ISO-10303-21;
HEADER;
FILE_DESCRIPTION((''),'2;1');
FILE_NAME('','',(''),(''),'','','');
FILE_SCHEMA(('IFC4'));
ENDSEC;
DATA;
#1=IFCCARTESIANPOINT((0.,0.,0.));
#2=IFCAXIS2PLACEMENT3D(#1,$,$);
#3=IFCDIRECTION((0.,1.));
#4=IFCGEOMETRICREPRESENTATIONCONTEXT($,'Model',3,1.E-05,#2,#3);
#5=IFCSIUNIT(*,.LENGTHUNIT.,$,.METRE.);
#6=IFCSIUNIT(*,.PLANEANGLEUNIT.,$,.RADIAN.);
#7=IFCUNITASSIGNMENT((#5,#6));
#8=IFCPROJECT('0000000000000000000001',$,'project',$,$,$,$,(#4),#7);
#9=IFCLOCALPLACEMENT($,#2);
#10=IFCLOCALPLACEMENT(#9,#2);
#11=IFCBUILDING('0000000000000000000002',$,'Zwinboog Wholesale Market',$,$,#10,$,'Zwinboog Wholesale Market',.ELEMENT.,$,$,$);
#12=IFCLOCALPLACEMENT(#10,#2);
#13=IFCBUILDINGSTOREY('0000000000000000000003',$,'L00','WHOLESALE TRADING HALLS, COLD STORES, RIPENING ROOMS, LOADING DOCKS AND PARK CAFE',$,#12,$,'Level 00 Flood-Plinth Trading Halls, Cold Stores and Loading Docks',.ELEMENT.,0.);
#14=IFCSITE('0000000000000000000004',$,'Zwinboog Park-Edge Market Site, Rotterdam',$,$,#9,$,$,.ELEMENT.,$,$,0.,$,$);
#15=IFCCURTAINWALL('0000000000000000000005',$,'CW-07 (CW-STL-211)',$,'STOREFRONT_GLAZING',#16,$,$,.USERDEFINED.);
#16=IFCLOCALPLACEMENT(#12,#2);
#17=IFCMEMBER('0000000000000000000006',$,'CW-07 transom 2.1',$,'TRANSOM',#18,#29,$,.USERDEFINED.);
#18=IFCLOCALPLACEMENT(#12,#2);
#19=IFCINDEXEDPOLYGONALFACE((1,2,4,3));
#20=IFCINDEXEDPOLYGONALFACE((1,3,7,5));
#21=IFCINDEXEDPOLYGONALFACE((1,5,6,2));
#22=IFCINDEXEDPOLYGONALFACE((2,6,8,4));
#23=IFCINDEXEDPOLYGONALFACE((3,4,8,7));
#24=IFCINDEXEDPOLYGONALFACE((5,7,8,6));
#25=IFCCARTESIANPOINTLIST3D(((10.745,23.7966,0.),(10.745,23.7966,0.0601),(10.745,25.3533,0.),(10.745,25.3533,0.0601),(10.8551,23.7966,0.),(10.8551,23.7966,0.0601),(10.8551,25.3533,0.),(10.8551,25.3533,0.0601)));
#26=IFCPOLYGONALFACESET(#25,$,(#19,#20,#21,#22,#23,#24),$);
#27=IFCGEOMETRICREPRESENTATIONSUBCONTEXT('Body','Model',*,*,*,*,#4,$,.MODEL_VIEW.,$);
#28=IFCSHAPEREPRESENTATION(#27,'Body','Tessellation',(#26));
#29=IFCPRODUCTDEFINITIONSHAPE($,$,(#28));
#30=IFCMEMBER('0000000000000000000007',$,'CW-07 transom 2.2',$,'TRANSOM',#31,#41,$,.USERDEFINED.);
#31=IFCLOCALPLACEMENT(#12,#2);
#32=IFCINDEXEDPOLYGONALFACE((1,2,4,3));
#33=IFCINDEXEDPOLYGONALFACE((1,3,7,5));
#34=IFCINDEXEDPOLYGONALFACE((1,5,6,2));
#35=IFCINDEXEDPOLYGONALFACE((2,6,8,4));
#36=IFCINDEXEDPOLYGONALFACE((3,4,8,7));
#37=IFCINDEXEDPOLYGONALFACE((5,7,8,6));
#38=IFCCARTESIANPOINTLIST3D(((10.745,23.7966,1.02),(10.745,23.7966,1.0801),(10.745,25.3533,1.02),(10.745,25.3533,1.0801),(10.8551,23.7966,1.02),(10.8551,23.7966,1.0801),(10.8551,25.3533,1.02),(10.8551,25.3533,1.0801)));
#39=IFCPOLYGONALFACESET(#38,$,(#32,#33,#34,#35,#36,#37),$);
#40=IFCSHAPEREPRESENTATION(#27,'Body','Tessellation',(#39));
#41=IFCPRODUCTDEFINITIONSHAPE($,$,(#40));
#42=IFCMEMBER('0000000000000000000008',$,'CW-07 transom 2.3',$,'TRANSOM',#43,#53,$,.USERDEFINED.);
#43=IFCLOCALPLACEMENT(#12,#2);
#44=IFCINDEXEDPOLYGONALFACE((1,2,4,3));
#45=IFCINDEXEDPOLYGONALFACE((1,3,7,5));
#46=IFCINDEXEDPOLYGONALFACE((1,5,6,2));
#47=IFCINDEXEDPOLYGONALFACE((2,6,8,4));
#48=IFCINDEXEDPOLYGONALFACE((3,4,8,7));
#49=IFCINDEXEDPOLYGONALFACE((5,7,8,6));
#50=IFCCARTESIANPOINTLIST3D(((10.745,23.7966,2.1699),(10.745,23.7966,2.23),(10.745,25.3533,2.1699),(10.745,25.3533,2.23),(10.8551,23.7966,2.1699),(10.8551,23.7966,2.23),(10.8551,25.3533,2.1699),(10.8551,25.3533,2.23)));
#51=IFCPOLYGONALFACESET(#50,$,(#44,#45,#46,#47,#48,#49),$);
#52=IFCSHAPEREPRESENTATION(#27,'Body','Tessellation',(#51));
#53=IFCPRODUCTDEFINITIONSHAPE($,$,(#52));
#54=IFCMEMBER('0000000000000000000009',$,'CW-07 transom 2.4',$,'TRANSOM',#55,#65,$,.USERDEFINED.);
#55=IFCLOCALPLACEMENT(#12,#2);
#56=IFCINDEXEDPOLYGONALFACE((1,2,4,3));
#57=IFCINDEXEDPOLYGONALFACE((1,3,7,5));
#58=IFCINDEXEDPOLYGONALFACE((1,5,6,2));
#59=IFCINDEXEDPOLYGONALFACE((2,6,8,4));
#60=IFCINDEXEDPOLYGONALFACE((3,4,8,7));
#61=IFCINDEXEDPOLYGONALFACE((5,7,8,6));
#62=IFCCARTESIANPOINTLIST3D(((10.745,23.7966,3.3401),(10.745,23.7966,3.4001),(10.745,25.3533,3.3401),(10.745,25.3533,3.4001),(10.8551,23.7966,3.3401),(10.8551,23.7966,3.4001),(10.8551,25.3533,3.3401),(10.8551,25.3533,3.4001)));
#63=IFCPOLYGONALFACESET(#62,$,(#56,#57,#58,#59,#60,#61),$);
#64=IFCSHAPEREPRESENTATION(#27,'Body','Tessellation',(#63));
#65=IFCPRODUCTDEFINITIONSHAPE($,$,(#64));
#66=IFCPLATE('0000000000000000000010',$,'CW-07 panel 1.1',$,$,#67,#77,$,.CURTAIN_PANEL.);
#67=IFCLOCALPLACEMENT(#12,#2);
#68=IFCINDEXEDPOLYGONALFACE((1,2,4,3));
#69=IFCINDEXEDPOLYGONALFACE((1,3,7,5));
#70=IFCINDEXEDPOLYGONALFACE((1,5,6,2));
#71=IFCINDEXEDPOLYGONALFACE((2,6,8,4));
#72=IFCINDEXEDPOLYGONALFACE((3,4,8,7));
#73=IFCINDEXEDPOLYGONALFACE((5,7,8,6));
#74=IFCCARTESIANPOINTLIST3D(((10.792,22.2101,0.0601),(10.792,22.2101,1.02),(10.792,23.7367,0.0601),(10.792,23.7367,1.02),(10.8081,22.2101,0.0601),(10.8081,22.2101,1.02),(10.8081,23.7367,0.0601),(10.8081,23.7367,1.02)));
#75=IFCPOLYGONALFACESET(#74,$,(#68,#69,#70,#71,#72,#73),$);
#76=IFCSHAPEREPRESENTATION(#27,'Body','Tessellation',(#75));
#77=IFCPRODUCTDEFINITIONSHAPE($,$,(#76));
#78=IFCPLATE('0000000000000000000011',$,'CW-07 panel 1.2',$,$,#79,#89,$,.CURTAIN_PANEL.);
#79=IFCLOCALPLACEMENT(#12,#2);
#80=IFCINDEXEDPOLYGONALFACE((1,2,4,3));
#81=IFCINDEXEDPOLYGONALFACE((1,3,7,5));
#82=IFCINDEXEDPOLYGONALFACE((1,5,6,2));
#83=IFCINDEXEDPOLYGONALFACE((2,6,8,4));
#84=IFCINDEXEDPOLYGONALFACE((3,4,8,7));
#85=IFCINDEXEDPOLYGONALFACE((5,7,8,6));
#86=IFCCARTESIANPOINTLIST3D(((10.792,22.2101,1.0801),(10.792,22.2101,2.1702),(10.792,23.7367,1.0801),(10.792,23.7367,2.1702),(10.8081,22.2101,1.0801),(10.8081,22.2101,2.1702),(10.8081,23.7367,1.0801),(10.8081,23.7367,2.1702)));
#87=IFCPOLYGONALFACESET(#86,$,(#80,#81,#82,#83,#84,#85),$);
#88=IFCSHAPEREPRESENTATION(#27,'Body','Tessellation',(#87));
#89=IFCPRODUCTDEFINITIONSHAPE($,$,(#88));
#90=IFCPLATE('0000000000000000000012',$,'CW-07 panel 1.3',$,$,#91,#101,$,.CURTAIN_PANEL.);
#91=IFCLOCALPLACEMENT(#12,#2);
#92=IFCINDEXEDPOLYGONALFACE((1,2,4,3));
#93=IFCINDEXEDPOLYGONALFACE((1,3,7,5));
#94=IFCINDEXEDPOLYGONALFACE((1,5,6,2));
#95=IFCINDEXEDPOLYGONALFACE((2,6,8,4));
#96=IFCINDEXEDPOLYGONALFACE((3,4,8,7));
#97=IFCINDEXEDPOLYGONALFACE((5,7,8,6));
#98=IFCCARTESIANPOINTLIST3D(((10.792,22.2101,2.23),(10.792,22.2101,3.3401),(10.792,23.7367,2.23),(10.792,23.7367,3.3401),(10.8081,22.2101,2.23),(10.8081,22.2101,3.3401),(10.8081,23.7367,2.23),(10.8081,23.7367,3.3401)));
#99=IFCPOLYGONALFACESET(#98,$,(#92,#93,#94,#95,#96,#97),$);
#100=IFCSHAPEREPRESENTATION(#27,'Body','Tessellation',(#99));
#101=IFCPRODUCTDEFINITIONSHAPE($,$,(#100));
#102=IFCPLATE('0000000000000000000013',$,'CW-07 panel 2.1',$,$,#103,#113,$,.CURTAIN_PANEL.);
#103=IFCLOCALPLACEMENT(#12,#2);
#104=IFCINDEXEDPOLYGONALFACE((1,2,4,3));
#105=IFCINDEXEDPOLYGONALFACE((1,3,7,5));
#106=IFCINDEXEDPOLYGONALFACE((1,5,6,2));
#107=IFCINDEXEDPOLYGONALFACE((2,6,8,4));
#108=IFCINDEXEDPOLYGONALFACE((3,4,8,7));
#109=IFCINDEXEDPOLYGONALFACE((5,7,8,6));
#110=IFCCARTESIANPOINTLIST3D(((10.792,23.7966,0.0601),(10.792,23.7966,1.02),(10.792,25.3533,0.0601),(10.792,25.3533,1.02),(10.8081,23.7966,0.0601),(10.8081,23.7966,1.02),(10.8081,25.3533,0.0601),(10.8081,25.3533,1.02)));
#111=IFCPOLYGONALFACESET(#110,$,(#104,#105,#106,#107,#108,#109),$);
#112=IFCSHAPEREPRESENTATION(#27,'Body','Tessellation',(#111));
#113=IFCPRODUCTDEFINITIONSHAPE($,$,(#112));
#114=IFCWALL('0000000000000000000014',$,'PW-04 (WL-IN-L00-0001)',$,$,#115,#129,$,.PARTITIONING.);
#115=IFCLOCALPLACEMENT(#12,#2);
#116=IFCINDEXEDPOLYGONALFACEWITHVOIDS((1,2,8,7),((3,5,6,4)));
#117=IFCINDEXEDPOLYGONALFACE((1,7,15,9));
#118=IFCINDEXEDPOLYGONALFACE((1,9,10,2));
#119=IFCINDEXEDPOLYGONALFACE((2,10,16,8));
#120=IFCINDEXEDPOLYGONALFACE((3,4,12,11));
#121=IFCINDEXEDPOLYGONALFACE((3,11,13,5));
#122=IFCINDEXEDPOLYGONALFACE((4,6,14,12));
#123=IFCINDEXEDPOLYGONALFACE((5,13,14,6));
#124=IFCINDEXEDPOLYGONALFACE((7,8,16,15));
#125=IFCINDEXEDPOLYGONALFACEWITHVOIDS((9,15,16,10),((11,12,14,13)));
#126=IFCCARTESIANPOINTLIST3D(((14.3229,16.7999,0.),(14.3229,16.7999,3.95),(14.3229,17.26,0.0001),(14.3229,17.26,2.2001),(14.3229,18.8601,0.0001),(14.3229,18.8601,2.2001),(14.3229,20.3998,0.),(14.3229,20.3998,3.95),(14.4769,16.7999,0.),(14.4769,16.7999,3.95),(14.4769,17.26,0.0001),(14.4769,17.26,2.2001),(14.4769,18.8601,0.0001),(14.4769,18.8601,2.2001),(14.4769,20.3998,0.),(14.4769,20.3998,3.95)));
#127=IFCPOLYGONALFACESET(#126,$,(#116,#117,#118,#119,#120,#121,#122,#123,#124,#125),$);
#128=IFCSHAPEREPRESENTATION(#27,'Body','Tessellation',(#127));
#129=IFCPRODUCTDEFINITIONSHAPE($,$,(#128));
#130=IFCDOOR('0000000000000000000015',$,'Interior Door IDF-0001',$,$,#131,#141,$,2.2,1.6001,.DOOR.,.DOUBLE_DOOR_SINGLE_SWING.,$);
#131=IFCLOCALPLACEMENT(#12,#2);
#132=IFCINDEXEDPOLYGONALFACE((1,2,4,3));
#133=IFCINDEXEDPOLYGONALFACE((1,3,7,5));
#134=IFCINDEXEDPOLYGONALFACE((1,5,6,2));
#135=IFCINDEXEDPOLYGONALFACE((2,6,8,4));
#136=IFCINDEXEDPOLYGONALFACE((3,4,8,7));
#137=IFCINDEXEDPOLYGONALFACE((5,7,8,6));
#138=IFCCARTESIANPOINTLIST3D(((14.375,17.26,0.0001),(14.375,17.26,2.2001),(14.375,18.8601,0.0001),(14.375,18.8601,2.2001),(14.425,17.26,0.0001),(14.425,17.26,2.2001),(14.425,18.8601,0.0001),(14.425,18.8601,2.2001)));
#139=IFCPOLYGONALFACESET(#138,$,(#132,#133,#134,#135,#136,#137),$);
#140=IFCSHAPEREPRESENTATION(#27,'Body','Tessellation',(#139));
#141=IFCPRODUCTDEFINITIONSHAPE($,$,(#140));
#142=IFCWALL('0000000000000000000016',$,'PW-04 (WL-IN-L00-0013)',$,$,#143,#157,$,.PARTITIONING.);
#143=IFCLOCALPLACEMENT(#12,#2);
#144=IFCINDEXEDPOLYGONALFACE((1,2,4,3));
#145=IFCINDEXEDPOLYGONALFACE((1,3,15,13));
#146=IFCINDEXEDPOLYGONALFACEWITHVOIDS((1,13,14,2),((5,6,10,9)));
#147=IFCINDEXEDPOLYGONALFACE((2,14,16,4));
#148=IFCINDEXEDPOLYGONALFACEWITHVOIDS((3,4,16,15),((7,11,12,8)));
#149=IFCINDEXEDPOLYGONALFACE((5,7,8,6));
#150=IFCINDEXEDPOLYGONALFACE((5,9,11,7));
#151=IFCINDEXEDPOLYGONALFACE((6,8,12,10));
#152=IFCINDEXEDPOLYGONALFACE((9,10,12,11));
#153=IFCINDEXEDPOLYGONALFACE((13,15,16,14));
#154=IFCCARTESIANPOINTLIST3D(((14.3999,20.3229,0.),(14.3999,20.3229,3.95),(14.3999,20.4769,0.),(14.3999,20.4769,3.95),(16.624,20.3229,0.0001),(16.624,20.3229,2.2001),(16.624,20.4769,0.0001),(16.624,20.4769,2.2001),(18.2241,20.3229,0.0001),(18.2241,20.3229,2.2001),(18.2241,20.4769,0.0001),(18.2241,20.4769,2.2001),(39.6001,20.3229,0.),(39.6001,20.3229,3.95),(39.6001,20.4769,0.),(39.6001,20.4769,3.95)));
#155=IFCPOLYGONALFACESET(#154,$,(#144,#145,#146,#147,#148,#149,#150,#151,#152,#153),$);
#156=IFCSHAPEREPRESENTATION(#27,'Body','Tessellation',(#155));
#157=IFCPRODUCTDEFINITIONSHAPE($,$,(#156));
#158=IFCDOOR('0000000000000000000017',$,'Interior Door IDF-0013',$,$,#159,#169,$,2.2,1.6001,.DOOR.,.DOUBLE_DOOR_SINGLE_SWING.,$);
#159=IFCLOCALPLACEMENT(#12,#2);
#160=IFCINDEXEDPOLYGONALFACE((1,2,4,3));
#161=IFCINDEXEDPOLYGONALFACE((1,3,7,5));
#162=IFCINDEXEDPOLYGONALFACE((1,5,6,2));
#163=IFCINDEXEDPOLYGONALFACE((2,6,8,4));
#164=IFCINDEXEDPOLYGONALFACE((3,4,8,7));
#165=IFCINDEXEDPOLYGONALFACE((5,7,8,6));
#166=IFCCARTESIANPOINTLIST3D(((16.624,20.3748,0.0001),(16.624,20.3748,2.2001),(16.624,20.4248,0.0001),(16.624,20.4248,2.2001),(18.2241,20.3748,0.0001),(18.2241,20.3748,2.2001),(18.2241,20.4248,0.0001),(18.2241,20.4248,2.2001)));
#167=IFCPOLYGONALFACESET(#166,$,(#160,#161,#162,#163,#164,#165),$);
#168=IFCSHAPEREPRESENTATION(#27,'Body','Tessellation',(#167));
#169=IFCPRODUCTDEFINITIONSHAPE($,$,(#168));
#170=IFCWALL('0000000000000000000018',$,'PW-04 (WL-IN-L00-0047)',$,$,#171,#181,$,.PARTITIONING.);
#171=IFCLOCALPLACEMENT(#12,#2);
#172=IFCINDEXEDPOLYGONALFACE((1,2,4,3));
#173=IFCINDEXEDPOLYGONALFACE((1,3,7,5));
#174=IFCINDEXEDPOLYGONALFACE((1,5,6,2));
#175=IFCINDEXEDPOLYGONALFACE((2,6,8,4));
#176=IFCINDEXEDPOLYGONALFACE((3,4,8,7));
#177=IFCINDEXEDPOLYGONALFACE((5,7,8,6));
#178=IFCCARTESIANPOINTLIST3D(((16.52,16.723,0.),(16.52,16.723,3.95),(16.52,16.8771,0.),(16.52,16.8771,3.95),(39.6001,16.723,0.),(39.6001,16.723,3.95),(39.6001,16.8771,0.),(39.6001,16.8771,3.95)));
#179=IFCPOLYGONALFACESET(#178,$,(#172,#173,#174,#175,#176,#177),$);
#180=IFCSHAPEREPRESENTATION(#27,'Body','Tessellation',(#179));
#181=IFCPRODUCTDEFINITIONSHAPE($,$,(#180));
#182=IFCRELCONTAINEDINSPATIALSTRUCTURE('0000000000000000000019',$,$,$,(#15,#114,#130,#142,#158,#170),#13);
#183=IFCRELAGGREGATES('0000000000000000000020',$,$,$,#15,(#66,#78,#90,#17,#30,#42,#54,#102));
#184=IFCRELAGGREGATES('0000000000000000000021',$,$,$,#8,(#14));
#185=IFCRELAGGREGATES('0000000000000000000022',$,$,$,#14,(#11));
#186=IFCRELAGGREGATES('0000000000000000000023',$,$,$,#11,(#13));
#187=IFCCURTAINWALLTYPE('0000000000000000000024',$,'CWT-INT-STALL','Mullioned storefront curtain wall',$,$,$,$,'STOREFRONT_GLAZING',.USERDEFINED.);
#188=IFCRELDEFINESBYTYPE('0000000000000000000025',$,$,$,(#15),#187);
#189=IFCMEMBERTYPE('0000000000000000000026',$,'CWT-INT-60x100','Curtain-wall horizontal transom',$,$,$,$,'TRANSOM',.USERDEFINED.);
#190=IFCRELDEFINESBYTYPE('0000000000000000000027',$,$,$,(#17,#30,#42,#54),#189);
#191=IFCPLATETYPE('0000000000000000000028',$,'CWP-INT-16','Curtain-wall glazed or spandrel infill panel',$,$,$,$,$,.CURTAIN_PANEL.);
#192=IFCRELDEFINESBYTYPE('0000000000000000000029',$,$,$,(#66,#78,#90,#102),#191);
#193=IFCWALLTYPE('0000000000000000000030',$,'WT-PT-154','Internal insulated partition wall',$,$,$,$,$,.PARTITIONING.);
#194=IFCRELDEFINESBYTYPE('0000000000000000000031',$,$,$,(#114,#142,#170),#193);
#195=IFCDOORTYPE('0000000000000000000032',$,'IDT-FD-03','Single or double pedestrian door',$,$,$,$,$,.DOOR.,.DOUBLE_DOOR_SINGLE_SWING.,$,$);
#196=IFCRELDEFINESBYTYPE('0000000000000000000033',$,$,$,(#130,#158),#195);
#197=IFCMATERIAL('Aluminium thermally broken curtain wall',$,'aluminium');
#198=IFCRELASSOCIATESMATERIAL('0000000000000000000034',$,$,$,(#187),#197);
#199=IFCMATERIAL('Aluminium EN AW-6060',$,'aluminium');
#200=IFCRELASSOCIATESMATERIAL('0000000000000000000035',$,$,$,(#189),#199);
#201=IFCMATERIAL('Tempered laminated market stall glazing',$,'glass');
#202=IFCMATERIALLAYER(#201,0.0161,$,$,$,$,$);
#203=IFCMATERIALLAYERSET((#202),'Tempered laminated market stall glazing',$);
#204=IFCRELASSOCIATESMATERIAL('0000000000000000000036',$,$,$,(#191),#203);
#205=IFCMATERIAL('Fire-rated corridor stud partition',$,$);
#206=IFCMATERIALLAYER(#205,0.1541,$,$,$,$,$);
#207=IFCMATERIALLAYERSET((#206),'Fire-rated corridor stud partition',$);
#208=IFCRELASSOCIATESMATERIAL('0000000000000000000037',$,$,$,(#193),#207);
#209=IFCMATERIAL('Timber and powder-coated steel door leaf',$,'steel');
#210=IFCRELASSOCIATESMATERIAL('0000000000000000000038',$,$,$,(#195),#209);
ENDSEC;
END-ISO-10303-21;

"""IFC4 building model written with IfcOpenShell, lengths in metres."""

from ifc_helpers import new_model, si_unit, direction, frame, frame_2d, origin, origin_2d, place, context, subcontext, project, spatial, rectangle, extrude, material, layer, layer_set, material_profile, profile_set, type_object, element, fill, aggregate, save


model = new_model("IFC4")

# Units and contexts
model_context = context("Model", 3, precision=1e-05, world=origin(), true_north=direction((0.0, 1.0)))
body_context = subcontext(model_context, "Body", "Model", "MODEL_VIEW")
ifc_project = project(units=[si_unit("LENGTHUNIT", "METRE"), si_unit("PLANEANGLEUNIT", "RADIAN")], contexts=[model_context])

# Site, building, storey
site_placement = place(None, origin())
site = spatial("IfcSite", under=ifc_project, at=site_placement, Name="Zwinboog Park-Edge Market Site, Rotterdam", CompositionType="ELEMENT", RefElevation=0.0)
building_placement = place(site_placement, origin())
building = spatial("IfcBuilding", under=site, at=building_placement, Name="Zwinboog Wholesale Market", LongName="Zwinboog Wholesale Market", CompositionType="ELEMENT")
storey_placement = place(building_placement, origin())
storey = spatial("IfcBuildingStorey", under=building, at=storey_placement, Name="L00", Description="WHOLESALE TRADING HALLS, COLD STORES, RIPENING ROOMS, LOADING DOCKS AND PARK CAFE", LongName="Level 00 Flood-Plinth Trading Halls, Cold Stores and Loading Docks", CompositionType="ELEMENT", Elevation=0.0)

# Curtain wall, members, plates
ifc_material_1 = material(Name="Aluminium thermally broken curtain wall", Category="aluminium")
curtain_wall_type = type_object("IfcCurtainWallType", Name="CWT-INT-STALL", Description="Mullioned storefront curtain wall", ElementType="STOREFRONT_GLAZING", PredefinedType="USERDEFINED", material=ifc_material_1)
curtain_wall_placement = place(storey_placement, origin())
curtain_wall = element("IfcCurtainWall", 1, at=curtain_wall_placement, inside=storey, type_object=curtain_wall_type, Name="CW-07 (CW-STL-211)", ObjectType="STOREFRONT_GLAZING", PredefinedType="USERDEFINED")
ifc_material_2 = material(Name="Aluminium EN AW-6060", Category="aluminium")
ifc_material_profile_1 = material_profile(ifc_material_2, rectangle(XDim=0.1101, YDim=0.0601, at=origin_2d()), Name="AL 60x110")
ifc_profile_set_1 = profile_set([ifc_material_profile_1], Name="Aluminium EN AW-6060")
member_type_1 = type_object("IfcMemberType", Name="CWT-INT-60x100", Description="Curtain-wall horizontal transom", ElementType="TRANSOM", PredefinedType="USERDEFINED", material=ifc_profile_set_1)
member_1_placement = place(storey_placement, frame((10.8, 23.7966, 0.03), z_axis=(0.0, 1.0, 0.0), x_axis=(-1.0, 0.0, 0.0)))
member_1 = element("IfcMember", 2, at=member_1_placement, type_object=member_type_1, Name="CW-07 transom 2.1", ObjectType="TRANSOM", PredefinedType="USERDEFINED", context=body_context, shape_type="SweptSolid", body=[
    extrude(rectangle(XDim=0.1101, YDim=0.0601, at=origin_2d()), origin(), (0.0, 0.0, 1.0), 1.5566),
])
member_2_placement = place(storey_placement, frame((10.8, 23.7966, 1.05), z_axis=(0.0, 1.0, 0.0), x_axis=(-1.0, 0.0, 0.0)))
member_2 = element("IfcMember", 3, at=member_2_placement, type_object=member_type_1, Name="CW-07 transom 2.2", ObjectType="TRANSOM", PredefinedType="USERDEFINED", context=body_context, shape_type="SweptSolid", body=[
    extrude(rectangle(XDim=0.1101, YDim=0.0601, at=origin_2d()), origin(), (0.0, 0.0, 1.0), 1.5566),
])
member_3_placement = place(storey_placement, frame((10.8, 23.7966, 2.2), z_axis=(0.0, 1.0, 0.0), x_axis=(-1.0, 0.0, 0.0)))
member_3 = element("IfcMember", 4, at=member_3_placement, type_object=member_type_1, Name="CW-07 transom 2.3", ObjectType="TRANSOM", PredefinedType="USERDEFINED", context=body_context, shape_type="SweptSolid", body=[
    extrude(rectangle(XDim=0.1101, YDim=0.0601, at=origin_2d()), origin(), (0.0, 0.0, 1.0), 1.5566),
])
member_4_placement = place(storey_placement, frame((10.8, 23.7966, 3.3701), z_axis=(0.0, 1.0, 0.0), x_axis=(-1.0, 0.0, 0.0)))
member_4 = element("IfcMember", 5, at=member_4_placement, type_object=member_type_1, Name="CW-07 transom 2.4", ObjectType="TRANSOM", PredefinedType="USERDEFINED", context=body_context, shape_type="SweptSolid", body=[
    extrude(rectangle(XDim=0.1101, YDim=0.0601, at=origin_2d()), origin(), (0.0, 0.0, 1.0), 1.5566),
])
ifc_material_3 = material(Name="Tempered laminated market stall glazing", Category="glass")
ifc_layer_1 = layer(ifc_material_3, 0.0161)
ifc_layer_set_1 = layer_set([ifc_layer_1], Name="Tempered laminated market stall glazing")
plate_type = type_object("IfcPlateType", Name="CWP-INT-16", Description="Curtain-wall glazed or spandrel infill panel", PredefinedType="CURTAIN_PANEL", material=ifc_layer_set_1)
plate_1_placement = place(storey_placement, frame((10.8, 22.9734, 0.0601), z_axis=(0.0, 0.0, 1.0), x_axis=(0.0, 1.0, 0.0)))
plate_1 = element("IfcPlate", 6, at=plate_1_placement, type_object=plate_type, Name="CW-07 panel 1.1", PredefinedType="CURTAIN_PANEL", context=body_context, shape_type="SweptSolid", body=[
    extrude(rectangle(XDim=1.5266, YDim=0.0161, at=origin_2d()), origin(), (0.0, 0.0, 1.0), 0.96),
])
plate_2_placement = place(storey_placement, frame((10.8, 22.9734, 1.0801), z_axis=(0.0, 0.0, 1.0), x_axis=(0.0, 1.0, 0.0)))
plate_2 = element("IfcPlate", 7, at=plate_2_placement, type_object=plate_type, Name="CW-07 panel 1.2", PredefinedType="CURTAIN_PANEL", context=body_context, shape_type="SweptSolid", body=[
    extrude(rectangle(XDim=1.5266, YDim=0.0161, at=origin_2d()), origin(), (0.0, 0.0, 1.0), 1.0901),
])
plate_3_placement = place(storey_placement, frame((10.8, 22.9734, 2.23), z_axis=(0.0, 0.0, 1.0), x_axis=(0.0, 1.0, 0.0)))
plate_3 = element("IfcPlate", 8, at=plate_3_placement, type_object=plate_type, Name="CW-07 panel 1.3", PredefinedType="CURTAIN_PANEL", context=body_context, shape_type="SweptSolid", body=[
    extrude(rectangle(XDim=1.5266, YDim=0.0161, at=origin_2d()), origin(), (0.0, 0.0, 1.0), 1.1101),
])
plate_4_placement = place(storey_placement, frame((10.8, 24.575, 0.0601), z_axis=(0.0, 0.0, 1.0), x_axis=(0.0, 1.0, 0.0)))
plate_4 = element("IfcPlate", 9, at=plate_4_placement, type_object=plate_type, Name="CW-07 panel 2.1", PredefinedType="CURTAIN_PANEL", context=body_context, shape_type="SweptSolid", body=[
    extrude(rectangle(XDim=1.5566, YDim=0.0161, at=origin_2d()), origin(), (0.0, 0.0, 1.0), 0.96),
])
aggregate(curtain_wall, [plate_1, plate_2, plate_3, member_1, member_2, member_3, member_4, plate_4])

# Walls, openings, doors
ifc_material_4 = material(Name="Timber and powder-coated steel door leaf", Category="steel")
ifc_material_5 = material(Name="Fire-rated corridor stud partition")
ifc_layer_2 = layer(ifc_material_5, 0.1541)
ifc_layer_set_2 = layer_set([ifc_layer_2], Name="Fire-rated corridor stud partition")
wall_type_1 = type_object("IfcWallType", Name="WT-PT-154", Description="Internal insulated partition wall", PredefinedType="PARTITIONING", material=ifc_layer_set_2)
wall_1_placement = place(storey_placement, frame((14.3999, 16.8, 0.0), z_axis=(0.0, 0.0, 1.0), x_axis=(0.0, 1.0, 0.0)))
wall_1 = element("IfcWall", 10, at=wall_1_placement, inside=storey, type_object=wall_type_1, Name="PW-04 (WL-IN-L00-0001)", PredefinedType="PARTITIONING", context=body_context, shape_type="SweptSolid", body=[
    extrude(rectangle(XDim=3.5999, YDim=0.1541, at=frame_2d((1.7998, 0.0))), origin(), (0.0, 0.0, 1.0), 3.95),
])
opening_1_placement = place(wall_1_placement, frame((0.46, 0.0, 0.0)))
opening_1 = element("IfcOpeningElement", 11, at=opening_1_placement, cuts=wall_1, PredefinedType="OPENING", context=body_context, shape_type="SweptSolid", body=[
    extrude(rectangle(XDim=1.6001, YDim=2.2, at=frame_2d((0.8, 1.1001))), frame((0.0, 0.0869, 0.0), z_axis=(0.0, -1.0, 0.0), x_axis=(1.0, 0.0, 0.0)), (0.0, 0.0, 1.0), 0.1741),
])
door_type_1 = type_object("IfcDoorType", Name="IDT-FD-03", Description="Single or double pedestrian door", OperationType="DOUBLE_DOOR_SINGLE_SWING", PredefinedType="DOOR", material=ifc_material_4)
door_1_placement = place(opening_1_placement, origin())
door_1 = element("IfcDoor", 12, at=door_1_placement, inside=storey, type_object=door_type_1, Name="Interior Door IDF-0001", OperationType="DOUBLE_DOOR_SINGLE_SWING", OverallHeight=2.2, OverallWidth=1.6001, PredefinedType="DOOR", context=body_context, shape_type="SweptSolid", body=[
    extrude(rectangle(XDim=1.6001, YDim=2.2, at=frame_2d((0.8, 1.1001))), frame((0.0, 0.0249, 0.0), z_axis=(0.0, -1.0, 0.0), x_axis=(1.0, 0.0, 0.0)), (0.0, 0.0, 1.0), 0.05),
])
fill(opening_1, door_1)
wall_2_placement = place(storey_placement, frame((14.3999, 20.3999, 0.0), z_axis=(0.0, 0.0, 1.0), x_axis=(1.0, 0.0, 0.0)))
wall_2 = element("IfcWall", 13, at=wall_2_placement, inside=storey, type_object=wall_type_1, Name="PW-04 (WL-IN-L00-0013)", PredefinedType="PARTITIONING", context=body_context, shape_type="SweptSolid", body=[
    extrude(rectangle(XDim=25.2002, YDim=0.1541, at=frame_2d((12.6001, 0.0))), origin(), (0.0, 0.0, 1.0), 3.95),
])
opening_2_placement = place(wall_2_placement, frame((2.2241, 0.0, 0.0)))
opening_2 = element("IfcOpeningElement", 14, at=opening_2_placement, cuts=wall_2, PredefinedType="OPENING", context=body_context, shape_type="SweptSolid", body=[
    extrude(rectangle(XDim=1.6001, YDim=2.2, at=frame_2d((0.8, 1.1001))), frame((0.0, 0.0869, 0.0), z_axis=(0.0, -1.0, 0.0), x_axis=(1.0, 0.0, 0.0)), (0.0, 0.0, 1.0), 0.1741),
])
door_2_placement = place(opening_2_placement, origin())
door_2 = element("IfcDoor", 15, at=door_2_placement, inside=storey, type_object=door_type_1, Name="Interior Door IDF-0013", OperationType="DOUBLE_DOOR_SINGLE_SWING", OverallHeight=2.2, OverallWidth=1.6001, PredefinedType="DOOR", context=body_context, shape_type="SweptSolid", body=[
    extrude(rectangle(XDim=1.6001, YDim=2.2, at=frame_2d((0.8, 1.1001))), frame((0.0, 0.0249, 0.0), z_axis=(0.0, -1.0, 0.0), x_axis=(1.0, 0.0, 0.0)), (0.0, 0.0, 1.0), 0.05),
])
fill(opening_2, door_2)

# Wall
wall_3_placement = place(storey_placement, frame((16.52, 16.8, 0.0), z_axis=(0.0, 0.0, 1.0), x_axis=(1.0, 0.0, 0.0)))
element("IfcWall", 16, at=wall_3_placement, inside=storey, type_object=wall_type_1, Name="PW-04 (WL-IN-L00-0047)", PredefinedType="PARTITIONING", context=body_context, shape_type="SweptSolid", body=[
    extrude(rectangle(XDim=23.0801, YDim=0.1541, at=frame_2d((11.54, 0.0))), origin(), (0.0, 0.0, 1.0), 3.95),
])

save(model, "model.ifc")
